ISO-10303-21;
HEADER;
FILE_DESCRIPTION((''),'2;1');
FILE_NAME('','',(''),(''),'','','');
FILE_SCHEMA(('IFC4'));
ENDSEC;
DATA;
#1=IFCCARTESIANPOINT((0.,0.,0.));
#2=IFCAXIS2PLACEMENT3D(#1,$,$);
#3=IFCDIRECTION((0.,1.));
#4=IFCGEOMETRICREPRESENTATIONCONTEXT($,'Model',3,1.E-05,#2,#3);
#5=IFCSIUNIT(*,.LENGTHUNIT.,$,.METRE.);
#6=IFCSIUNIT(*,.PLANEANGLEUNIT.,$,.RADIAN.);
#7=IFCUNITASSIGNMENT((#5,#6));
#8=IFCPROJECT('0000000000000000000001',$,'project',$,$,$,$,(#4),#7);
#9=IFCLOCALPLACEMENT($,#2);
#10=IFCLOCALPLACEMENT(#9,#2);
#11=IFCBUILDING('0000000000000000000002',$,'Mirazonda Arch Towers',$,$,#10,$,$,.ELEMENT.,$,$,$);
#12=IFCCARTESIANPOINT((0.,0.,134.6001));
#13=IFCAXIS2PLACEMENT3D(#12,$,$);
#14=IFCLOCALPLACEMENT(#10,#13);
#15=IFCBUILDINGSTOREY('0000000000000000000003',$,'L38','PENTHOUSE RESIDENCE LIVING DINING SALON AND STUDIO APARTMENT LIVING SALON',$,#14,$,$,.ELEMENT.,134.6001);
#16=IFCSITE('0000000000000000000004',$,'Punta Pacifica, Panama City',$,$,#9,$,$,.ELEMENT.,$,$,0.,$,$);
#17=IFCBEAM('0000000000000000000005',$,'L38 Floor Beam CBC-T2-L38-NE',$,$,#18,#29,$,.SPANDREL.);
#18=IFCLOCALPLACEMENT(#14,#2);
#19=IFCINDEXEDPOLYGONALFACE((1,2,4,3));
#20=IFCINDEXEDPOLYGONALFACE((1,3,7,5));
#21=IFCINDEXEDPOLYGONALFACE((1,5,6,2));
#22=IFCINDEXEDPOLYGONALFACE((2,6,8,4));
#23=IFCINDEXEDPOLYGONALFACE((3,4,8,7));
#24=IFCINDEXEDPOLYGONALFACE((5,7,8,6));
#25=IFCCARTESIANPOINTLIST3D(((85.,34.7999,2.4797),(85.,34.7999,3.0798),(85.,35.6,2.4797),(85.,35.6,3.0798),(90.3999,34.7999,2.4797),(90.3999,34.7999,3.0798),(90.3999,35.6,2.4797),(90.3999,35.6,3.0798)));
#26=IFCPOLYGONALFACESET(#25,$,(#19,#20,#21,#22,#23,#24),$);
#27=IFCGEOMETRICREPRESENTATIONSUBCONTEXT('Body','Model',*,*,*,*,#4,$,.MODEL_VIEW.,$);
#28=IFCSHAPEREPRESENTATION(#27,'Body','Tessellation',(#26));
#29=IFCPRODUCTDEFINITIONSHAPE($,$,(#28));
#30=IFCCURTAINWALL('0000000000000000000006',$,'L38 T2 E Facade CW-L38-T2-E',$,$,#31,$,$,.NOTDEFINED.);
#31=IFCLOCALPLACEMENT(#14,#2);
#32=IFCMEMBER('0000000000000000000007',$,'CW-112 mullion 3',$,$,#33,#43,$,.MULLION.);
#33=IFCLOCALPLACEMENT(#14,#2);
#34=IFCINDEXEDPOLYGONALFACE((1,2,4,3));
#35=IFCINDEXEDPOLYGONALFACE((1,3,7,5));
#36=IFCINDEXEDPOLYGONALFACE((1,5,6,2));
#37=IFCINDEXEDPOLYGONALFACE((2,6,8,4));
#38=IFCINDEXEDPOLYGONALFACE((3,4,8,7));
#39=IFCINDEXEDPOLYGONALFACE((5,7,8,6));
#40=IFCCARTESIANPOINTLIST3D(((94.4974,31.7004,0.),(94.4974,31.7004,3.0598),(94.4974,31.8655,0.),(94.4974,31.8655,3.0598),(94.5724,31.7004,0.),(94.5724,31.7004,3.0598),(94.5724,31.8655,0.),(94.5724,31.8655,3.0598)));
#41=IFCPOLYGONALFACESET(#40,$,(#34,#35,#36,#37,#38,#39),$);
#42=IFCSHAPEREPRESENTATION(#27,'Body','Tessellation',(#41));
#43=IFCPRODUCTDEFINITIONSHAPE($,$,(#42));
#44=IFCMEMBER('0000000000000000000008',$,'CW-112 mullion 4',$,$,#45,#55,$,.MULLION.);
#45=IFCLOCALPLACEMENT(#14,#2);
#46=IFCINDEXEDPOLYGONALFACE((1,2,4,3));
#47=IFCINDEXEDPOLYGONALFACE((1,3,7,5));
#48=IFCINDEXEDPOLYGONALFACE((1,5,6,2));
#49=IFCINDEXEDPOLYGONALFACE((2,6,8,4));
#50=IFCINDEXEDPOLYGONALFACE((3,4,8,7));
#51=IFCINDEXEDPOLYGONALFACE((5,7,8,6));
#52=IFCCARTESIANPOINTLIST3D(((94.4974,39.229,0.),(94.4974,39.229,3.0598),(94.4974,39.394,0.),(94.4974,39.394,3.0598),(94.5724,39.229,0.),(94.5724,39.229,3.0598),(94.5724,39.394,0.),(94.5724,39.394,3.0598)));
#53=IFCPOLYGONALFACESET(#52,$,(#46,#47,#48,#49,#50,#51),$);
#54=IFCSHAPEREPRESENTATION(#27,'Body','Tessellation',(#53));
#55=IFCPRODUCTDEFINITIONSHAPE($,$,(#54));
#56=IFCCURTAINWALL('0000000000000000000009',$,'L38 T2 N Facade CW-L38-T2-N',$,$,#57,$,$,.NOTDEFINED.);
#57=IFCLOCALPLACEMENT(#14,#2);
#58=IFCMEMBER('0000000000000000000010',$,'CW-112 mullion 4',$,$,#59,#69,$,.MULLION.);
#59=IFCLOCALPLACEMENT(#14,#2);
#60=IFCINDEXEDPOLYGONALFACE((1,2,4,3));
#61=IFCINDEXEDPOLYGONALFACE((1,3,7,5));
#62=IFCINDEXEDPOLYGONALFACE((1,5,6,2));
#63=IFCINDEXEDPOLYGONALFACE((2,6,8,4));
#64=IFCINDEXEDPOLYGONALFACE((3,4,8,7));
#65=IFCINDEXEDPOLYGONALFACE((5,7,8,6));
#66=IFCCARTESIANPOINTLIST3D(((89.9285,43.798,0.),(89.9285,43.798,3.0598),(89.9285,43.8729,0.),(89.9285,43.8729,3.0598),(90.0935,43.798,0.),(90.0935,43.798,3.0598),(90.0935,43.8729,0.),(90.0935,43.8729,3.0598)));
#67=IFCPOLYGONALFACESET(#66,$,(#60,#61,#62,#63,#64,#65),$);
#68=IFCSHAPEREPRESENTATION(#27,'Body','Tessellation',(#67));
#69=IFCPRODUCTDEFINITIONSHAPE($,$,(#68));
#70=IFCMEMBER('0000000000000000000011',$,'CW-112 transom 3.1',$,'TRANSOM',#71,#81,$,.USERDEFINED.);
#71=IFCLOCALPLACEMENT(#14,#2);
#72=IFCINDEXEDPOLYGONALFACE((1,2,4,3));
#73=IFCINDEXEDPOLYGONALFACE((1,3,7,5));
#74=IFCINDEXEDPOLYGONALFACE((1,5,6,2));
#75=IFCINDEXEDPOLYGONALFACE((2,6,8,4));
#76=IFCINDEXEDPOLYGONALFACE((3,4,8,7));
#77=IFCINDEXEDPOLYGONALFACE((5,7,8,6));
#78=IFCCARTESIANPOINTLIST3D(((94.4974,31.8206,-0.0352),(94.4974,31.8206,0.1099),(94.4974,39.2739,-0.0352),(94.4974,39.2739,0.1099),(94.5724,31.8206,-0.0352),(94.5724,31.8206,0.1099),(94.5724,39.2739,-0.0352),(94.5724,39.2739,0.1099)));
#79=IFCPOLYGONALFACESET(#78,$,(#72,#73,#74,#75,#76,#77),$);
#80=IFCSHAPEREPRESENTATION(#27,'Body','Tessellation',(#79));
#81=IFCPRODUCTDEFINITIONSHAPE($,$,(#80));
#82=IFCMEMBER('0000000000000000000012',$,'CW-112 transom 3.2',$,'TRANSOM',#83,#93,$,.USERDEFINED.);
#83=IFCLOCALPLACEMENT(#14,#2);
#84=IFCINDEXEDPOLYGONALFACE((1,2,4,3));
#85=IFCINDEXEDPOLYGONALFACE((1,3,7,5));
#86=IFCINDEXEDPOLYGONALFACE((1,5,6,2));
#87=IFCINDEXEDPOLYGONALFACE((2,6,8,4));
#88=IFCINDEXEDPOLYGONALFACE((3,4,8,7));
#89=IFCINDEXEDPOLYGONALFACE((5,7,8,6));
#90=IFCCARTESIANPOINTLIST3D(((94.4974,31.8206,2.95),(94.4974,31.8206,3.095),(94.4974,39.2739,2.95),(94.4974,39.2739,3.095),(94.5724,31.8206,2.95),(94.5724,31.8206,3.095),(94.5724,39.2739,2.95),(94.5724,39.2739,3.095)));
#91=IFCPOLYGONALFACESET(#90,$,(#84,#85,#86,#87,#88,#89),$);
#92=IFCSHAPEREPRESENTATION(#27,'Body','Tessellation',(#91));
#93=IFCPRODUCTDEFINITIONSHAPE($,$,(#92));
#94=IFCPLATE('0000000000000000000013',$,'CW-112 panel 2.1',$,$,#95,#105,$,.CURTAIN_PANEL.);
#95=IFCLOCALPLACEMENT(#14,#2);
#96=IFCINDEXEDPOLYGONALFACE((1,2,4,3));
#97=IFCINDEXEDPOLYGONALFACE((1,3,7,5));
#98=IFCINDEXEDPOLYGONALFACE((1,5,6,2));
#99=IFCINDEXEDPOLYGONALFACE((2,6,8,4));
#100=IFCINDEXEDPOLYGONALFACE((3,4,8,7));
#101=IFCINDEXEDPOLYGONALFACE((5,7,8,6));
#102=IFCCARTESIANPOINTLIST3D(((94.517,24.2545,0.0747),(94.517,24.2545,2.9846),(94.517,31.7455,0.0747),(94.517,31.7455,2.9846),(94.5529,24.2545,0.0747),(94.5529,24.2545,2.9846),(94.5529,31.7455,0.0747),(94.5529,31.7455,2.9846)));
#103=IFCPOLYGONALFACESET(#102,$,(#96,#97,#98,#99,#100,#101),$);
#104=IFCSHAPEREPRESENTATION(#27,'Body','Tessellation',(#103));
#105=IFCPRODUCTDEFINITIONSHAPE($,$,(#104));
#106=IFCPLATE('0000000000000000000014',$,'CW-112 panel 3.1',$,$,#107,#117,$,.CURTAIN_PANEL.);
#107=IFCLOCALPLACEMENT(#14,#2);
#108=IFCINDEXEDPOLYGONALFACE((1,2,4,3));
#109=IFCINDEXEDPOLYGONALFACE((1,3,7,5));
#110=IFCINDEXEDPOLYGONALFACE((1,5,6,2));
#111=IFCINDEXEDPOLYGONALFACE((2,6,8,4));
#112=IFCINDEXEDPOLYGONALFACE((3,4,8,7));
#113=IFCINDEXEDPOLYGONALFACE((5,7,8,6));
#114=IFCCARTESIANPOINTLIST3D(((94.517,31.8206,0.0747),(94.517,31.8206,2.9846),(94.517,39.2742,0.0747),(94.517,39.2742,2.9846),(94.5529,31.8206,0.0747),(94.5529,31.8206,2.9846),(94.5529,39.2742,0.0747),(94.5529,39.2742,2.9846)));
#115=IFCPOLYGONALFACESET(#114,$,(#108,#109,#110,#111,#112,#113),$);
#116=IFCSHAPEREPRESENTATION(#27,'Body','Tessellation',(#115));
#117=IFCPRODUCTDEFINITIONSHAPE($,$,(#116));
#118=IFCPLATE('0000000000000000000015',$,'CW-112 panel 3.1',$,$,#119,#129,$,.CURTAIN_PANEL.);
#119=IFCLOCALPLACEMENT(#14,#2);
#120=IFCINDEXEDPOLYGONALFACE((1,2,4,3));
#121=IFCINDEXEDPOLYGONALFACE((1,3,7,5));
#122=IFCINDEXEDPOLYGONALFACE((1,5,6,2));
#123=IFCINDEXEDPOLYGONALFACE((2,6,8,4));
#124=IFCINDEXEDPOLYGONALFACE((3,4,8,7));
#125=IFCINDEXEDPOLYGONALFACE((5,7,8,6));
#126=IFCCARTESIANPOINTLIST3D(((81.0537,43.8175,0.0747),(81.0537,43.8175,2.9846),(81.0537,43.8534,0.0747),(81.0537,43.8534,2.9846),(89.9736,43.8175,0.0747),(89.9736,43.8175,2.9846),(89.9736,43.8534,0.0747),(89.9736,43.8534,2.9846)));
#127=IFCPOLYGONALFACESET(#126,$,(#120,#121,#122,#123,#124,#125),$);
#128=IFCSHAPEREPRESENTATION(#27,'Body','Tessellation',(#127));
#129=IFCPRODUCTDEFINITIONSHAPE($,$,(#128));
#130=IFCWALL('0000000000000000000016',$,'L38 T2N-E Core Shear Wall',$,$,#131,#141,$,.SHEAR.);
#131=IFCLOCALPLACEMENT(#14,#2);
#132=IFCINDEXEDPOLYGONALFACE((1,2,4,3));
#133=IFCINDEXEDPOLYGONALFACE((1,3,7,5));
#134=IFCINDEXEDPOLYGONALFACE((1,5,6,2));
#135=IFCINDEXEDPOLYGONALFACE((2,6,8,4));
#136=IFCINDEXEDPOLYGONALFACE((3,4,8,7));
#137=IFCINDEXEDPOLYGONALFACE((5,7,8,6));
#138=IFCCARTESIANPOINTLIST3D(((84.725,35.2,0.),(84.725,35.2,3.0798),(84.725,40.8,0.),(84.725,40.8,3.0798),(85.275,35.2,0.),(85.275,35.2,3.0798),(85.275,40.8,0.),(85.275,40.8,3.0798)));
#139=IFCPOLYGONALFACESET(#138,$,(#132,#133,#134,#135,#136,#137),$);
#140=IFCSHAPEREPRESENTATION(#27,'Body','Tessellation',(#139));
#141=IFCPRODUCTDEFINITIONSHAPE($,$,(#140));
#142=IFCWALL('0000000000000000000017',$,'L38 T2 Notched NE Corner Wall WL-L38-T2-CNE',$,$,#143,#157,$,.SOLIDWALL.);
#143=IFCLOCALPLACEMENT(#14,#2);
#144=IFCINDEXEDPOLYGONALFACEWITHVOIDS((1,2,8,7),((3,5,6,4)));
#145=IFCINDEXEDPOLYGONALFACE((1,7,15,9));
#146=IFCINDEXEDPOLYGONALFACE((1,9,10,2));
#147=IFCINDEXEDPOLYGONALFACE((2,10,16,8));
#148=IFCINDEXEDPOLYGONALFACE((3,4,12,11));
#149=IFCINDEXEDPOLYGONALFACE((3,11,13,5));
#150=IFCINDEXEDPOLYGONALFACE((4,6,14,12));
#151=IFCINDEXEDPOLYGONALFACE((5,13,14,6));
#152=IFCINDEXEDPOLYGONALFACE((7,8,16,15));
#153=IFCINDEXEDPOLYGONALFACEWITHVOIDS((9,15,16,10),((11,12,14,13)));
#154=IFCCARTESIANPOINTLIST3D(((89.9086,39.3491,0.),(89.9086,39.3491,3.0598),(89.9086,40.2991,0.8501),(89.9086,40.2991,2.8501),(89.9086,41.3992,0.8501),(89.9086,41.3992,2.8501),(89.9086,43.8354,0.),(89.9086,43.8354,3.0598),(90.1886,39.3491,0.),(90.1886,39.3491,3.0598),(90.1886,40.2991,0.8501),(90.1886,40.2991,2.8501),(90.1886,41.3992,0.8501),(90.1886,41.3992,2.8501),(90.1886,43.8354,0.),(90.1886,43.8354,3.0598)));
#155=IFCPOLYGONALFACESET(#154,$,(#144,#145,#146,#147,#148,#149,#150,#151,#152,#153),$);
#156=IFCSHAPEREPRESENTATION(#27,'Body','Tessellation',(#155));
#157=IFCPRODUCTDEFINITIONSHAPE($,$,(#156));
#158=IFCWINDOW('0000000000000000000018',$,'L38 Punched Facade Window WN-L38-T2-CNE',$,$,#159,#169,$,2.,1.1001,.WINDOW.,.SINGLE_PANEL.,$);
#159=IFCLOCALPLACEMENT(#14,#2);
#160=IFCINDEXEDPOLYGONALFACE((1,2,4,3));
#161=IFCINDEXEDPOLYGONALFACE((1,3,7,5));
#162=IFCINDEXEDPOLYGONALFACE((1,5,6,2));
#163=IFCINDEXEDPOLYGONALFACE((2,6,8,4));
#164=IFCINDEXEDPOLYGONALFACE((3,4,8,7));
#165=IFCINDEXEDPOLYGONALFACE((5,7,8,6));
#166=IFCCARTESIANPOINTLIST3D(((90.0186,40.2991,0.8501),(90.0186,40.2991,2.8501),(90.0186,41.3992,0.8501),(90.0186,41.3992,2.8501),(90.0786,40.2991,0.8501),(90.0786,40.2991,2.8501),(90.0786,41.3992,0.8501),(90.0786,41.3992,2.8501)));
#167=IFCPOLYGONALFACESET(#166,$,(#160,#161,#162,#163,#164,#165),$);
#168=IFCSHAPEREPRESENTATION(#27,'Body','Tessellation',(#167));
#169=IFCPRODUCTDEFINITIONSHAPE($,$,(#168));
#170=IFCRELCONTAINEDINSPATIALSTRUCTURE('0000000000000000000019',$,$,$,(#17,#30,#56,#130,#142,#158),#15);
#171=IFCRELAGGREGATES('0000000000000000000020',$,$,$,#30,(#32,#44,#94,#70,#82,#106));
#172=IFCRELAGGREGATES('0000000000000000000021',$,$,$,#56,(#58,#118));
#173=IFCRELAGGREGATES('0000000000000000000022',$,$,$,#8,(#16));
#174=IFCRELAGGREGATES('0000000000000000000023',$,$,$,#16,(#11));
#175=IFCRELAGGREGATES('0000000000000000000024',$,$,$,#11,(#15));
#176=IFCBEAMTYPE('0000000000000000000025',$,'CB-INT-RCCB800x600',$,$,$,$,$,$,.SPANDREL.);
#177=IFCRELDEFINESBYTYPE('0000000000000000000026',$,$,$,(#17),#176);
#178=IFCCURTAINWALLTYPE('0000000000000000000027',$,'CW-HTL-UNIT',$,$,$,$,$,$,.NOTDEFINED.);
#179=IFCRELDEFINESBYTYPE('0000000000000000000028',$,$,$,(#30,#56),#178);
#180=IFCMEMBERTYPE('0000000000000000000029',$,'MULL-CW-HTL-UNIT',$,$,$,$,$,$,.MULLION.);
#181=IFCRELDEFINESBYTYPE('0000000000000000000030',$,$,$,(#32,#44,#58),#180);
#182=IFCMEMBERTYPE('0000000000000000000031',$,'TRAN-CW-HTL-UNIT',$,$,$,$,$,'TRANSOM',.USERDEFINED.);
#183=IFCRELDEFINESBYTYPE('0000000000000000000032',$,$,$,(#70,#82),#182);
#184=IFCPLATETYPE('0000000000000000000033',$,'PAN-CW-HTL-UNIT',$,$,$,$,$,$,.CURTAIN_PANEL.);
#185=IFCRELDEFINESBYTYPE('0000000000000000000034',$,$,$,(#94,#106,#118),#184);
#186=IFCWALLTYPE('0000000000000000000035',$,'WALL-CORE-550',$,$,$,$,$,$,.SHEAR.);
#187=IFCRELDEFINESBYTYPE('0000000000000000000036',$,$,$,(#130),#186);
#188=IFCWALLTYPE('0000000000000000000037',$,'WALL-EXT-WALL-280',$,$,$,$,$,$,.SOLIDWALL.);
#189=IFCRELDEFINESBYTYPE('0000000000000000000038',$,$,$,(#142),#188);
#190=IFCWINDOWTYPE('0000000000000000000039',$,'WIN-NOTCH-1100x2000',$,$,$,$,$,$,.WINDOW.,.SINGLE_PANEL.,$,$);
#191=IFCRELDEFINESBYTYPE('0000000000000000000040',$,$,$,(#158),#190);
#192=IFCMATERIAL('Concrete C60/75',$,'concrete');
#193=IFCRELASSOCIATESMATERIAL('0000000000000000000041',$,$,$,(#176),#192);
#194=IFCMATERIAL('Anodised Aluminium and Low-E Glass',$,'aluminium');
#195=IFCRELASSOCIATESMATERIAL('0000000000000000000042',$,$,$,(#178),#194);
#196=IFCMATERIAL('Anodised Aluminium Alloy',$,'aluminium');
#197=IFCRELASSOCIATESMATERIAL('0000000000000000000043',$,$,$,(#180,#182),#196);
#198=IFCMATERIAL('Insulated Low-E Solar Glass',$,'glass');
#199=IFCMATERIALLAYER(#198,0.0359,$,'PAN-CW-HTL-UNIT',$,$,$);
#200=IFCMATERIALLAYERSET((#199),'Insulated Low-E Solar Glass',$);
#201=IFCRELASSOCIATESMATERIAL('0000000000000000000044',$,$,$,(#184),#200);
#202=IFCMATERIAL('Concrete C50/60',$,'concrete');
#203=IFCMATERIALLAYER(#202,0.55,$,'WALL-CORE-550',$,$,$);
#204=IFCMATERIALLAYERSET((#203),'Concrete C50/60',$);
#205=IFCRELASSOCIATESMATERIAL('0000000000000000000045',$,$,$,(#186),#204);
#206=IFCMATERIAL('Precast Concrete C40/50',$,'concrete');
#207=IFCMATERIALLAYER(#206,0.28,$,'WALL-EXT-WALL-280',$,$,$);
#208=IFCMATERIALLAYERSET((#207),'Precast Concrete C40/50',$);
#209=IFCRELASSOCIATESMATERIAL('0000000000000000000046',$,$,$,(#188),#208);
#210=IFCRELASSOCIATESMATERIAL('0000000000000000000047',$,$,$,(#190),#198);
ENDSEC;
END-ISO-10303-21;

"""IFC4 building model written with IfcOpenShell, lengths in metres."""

from ifc_helpers import new_model, si_unit, direction, frame, frame_2d, origin, origin_2d, place, context, subcontext, project, spatial, rectangle, extrude, material, layer, layer_set, material_profile, profile_set, type_object, element, fill, aggregate, save


model = new_model("IFC4")

# Units and contexts
model_context = context("Model", 3, precision=1e-05, world=origin(), true_north=direction((0.0, 1.0)))
body_context = subcontext(model_context, "Body", "Model", "MODEL_VIEW")
ifc_project = project(units=[si_unit("LENGTHUNIT", "METRE"), si_unit("PLANEANGLEUNIT", "RADIAN")], contexts=[model_context])

# Site, building, storey
site_placement = place(None, origin())
site = spatial("IfcSite", under=ifc_project, at=site_placement, Name="Punta Pacifica, Panama City", CompositionType="ELEMENT", RefElevation=0.0)
building_placement = place(site_placement, origin())
building = spatial("IfcBuilding", under=site, at=building_placement, Name="Mirazonda Arch Towers", CompositionType="ELEMENT")
storey_placement = place(building_placement, frame((0.0, 0.0, 134.6001)))
storey = spatial("IfcBuildingStorey", under=building, at=storey_placement, Name="L38", Description="PENTHOUSE RESIDENCE LIVING DINING SALON AND STUDIO APARTMENT LIVING SALON", CompositionType="ELEMENT", Elevation=134.6001)

# Shared definitions
ifc_material_1 = material(Name="Concrete C50/60", Category="concrete")

# Beam
ifc_material_2 = material(Name="Concrete C60/75", Category="concrete")
ifc_material_profile_1 = material_profile(ifc_material_2, rectangle(XDim=0.8, YDim=0.6001, at=origin_2d()), Name="RCCB800x600")
ifc_profile_set_1 = profile_set([ifc_material_profile_1], Name="Concrete C60/75")
beam_type_1 = type_object("IfcBeamType", Name="CB-INT-RCCB800x600", PredefinedType="SPANDREL", material=ifc_profile_set_1)
beam_1_placement = place(storey_placement, frame((85.0, 35.2, 2.7798), z_axis=(1.0, 0.0, 0.0), x_axis=(0.0, 1.0, 0.0)))
element("IfcBeam", 1, at=beam_1_placement, inside=storey, type_object=beam_type_1, Name="L38 Floor Beam CBC-T2-L38-NE", PredefinedType="SPANDREL", context=body_context, shape_type="SweptSolid", body=[
    extrude(rectangle(XDim=0.8, YDim=0.6001, at=origin_2d()), origin(), (0.0, 0.0, 1.0), 5.3999),
])

# Curtain wall, members
ifc_material_3 = material(Name="Anodised Aluminium and Low-E Glass", Category="aluminium")
curtain_wall_type = type_object("IfcCurtainWallType", Name="CW-HTL-UNIT", PredefinedType="NOTDEFINED", material=ifc_material_3)
curtain_wall_1_placement = place(storey_placement, origin())
curtain_wall_1 = element("IfcCurtainWall", 2, at=curtain_wall_1_placement, inside=storey, type_object=curtain_wall_type, Name="L38 T2 E Facade CW-L38-T2-E", PredefinedType="NOTDEFINED")
ifc_material_4 = material(Name="Anodised Aluminium Alloy", Category="aluminium")
ifc_material_profile_2 = material_profile(ifc_material_4, rectangle(XDim=0.075, YDim=0.165, at=origin_2d()), Name="ALU-MULL-75x165")
ifc_profile_set_2 = profile_set([ifc_material_profile_2], Name="Anodised Aluminium Alloy")
member_type_1 = type_object("IfcMemberType", Name="MULL-CW-HTL-UNIT", PredefinedType="MULLION", material=ifc_profile_set_2)
member_1_placement = place(storey_placement, frame((94.5349, 31.783, 0.0), z_axis=(0.0, 0.0, 1.0), x_axis=(-1.0, 0.0, 0.0)))
member_1 = element("IfcMember", 3, at=member_1_placement, type_object=member_type_1, Name="CW-112 mullion 3", PredefinedType="MULLION", context=body_context, shape_type="SweptSolid", body=[
    extrude(rectangle(XDim=0.075, YDim=0.165, at=origin_2d()), origin(), (0.0, 0.0, 1.0), 3.0598),
])
member_2_placement = place(storey_placement, frame((94.5349, 39.3115, 0.0), z_axis=(0.0, 0.0, 1.0), x_axis=(-1.0, 0.0, 0.0)))
member_2 = element("IfcMember", 4, at=member_2_placement, type_object=member_type_1, Name="CW-112 mullion 4", PredefinedType="MULLION", context=body_context, shape_type="SweptSolid", body=[
    extrude(rectangle(XDim=0.075, YDim=0.165, at=origin_2d()), origin(), (0.0, 0.0, 1.0), 3.0598),
])

# Curtain wall, member
curtain_wall_2_placement = place(storey_placement, origin())
curtain_wall_2 = element("IfcCurtainWall", 5, at=curtain_wall_2_placement, inside=storey, type_object=curtain_wall_type, Name="L38 T2 N Facade CW-L38-T2-N", PredefinedType="NOTDEFINED")
member_3_placement = place(storey_placement, frame((90.011, 43.8354, 0.0), z_axis=(0.0, 0.0, 1.0), x_axis=(0.0, 1.0, 0.0)))
member_3 = element("IfcMember", 6, at=member_3_placement, type_object=member_type_1, Name="CW-112 mullion 4", PredefinedType="MULLION", context=body_context, shape_type="SweptSolid", body=[
    extrude(rectangle(XDim=0.075, YDim=0.165, at=origin_2d()), origin(), (0.0, 0.0, 1.0), 3.0598),
])

# Members
ifc_material_profile_3 = material_profile(ifc_material_4, rectangle(XDim=0.075, YDim=0.145, at=origin_2d()), Name="ALU-TRAN-75x145")
ifc_profile_set_3 = profile_set([ifc_material_profile_3], Name="Anodised Aluminium Alloy")
member_type_2 = type_object("IfcMemberType", Name="TRAN-CW-HTL-UNIT", ElementType="TRANSOM", PredefinedType="USERDEFINED", material=ifc_profile_set_3)
member_4_placement = place(storey_placement, frame((94.5349, 31.8206, 0.0374), z_axis=(0.0, 1.0, 0.0), x_axis=(-1.0, 0.0, 0.0)))
member_4 = element("IfcMember", 7, at=member_4_placement, type_object=member_type_2, Name="CW-112 transom 3.1", ObjectType="TRANSOM", PredefinedType="USERDEFINED", context=body_context, shape_type="SweptSolid", body=[
    extrude(rectangle(XDim=0.075, YDim=0.145, at=origin_2d()), origin(), (0.0, 0.0, 1.0), 7.4534),
])
member_5_placement = place(storey_placement, frame((94.5349, 31.8206, 3.0225), z_axis=(0.0, 1.0, 0.0), x_axis=(-1.0, 0.0, 0.0)))
member_5 = element("IfcMember", 8, at=member_5_placement, type_object=member_type_2, Name="CW-112 transom 3.2", ObjectType="TRANSOM", PredefinedType="USERDEFINED", context=body_context, shape_type="SweptSolid", body=[
    extrude(rectangle(XDim=0.075, YDim=0.145, at=origin_2d()), origin(), (0.0, 0.0, 1.0), 7.4534),
])

# Plates
ifc_material_5 = material(Name="Insulated Low-E Solar Glass", Category="glass")
ifc_layer_1 = layer(ifc_material_5, 0.0359, Name="PAN-CW-HTL-UNIT")
ifc_layer_set_1 = layer_set([ifc_layer_1], Name="Insulated Low-E Solar Glass")
plate_type = type_object("IfcPlateType", Name="PAN-CW-HTL-UNIT", PredefinedType="CURTAIN_PANEL", material=ifc_layer_set_1)
plate_1_placement = place(storey_placement, frame((94.5349, 28.0, 0.0747), z_axis=(0.0, 0.0, 1.0), x_axis=(0.0, 1.0, 0.0)))
plate_1 = element("IfcPlate", 9, at=plate_1_placement, type_object=plate_type, Name="CW-112 panel 2.1", PredefinedType="CURTAIN_PANEL", context=body_context, shape_type="SweptSolid", body=[
    extrude(rectangle(XDim=7.491, YDim=0.0359, at=origin_2d()), origin(), (0.0, 0.0, 1.0), 2.9099),
])
plate_2_placement = place(storey_placement, frame((94.5349, 35.5474, 0.0747), z_axis=(0.0, 0.0, 1.0), x_axis=(0.0, 1.0, 0.0)))
plate_2 = element("IfcPlate", 10, at=plate_2_placement, type_object=plate_type, Name="CW-112 panel 3.1", PredefinedType="CURTAIN_PANEL", context=body_context, shape_type="SweptSolid", body=[
    extrude(rectangle(XDim=7.4536, YDim=0.0359, at=origin_2d()), origin(), (0.0, 0.0, 1.0), 2.9099),
])
aggregate(curtain_wall_1, [member_1, member_2, plate_1, member_4, member_5, plate_2])
plate_3_placement = place(storey_placement, frame((85.5137, 43.8354, 0.0747), z_axis=(0.0, 0.0, 1.0), x_axis=(1.0, 0.0, 0.0)))
plate_3 = element("IfcPlate", 11, at=plate_3_placement, type_object=plate_type, Name="CW-112 panel 3.1", PredefinedType="CURTAIN_PANEL", context=body_context, shape_type="SweptSolid", body=[
    extrude(rectangle(XDim=8.9199, YDim=0.0359, at=origin_2d()), origin(), (0.0, 0.0, 1.0), 2.9099),
])
aggregate(curtain_wall_2, [member_3, plate_3])

# Wall
ifc_layer_2 = layer(ifc_material_1, 0.55, Name="WALL-CORE-550")
ifc_layer_set_2 = layer_set([ifc_layer_2], Name="Concrete C50/60")
wall_type_1 = type_object("IfcWallType", Name="WALL-CORE-550", PredefinedType="SHEAR", material=ifc_layer_set_2)
wall_1_placement = place(storey_placement, frame((85.0, 35.2, 0.0), z_axis=(0.0, 0.0, 1.0), x_axis=(0.0, 1.0, 0.0)))
element("IfcWall", 12, at=wall_1_placement, inside=storey, type_object=wall_type_1, Name="L38 T2N-E Core Shear Wall", PredefinedType="SHEAR", context=body_context, shape_type="SweptSolid", body=[
    extrude(rectangle(XDim=5.6001, YDim=0.55, at=frame_2d((2.8, 0.0))), origin(), (0.0, 0.0, 1.0), 3.0798),
])

# Wall, opening, window
ifc_material_6 = material(Name="Precast Concrete C40/50", Category="concrete")
ifc_layer_3 = layer(ifc_material_6, 0.28, Name="WALL-EXT-WALL-280")
ifc_layer_set_3 = layer_set([ifc_layer_3], Name="Precast Concrete C40/50")
wall_type_2 = type_object("IfcWallType", Name="WALL-EXT-WALL-280", PredefinedType="SOLIDWALL", material=ifc_layer_set_3)
wall_2_placement = place(storey_placement, frame((90.0486, 39.3491, 0.0), z_axis=(0.0, 0.0, 1.0), x_axis=(0.0, 1.0, 0.0)))
wall_2 = element("IfcWall", 13, at=wall_2_placement, inside=storey, type_object=wall_type_2, Name="L38 T2 Notched NE Corner Wall WL-L38-T2-CNE", PredefinedType="SOLIDWALL", context=body_context, shape_type="SweptSolid", body=[
    extrude(rectangle(XDim=4.4863, YDim=0.28, at=frame_2d((2.2432, 0.0))), origin(), (0.0, 0.0, 1.0), 3.0598),
])
opening_1_placement = place(wall_2_placement, frame((0.95, 0.0, 0.8501)))
opening_1 = element("IfcOpeningElement", 14, at=opening_1_placement, cuts=wall_2, PredefinedType="OPENING", context=body_context, shape_type="SweptSolid", body=[
    extrude(rectangle(XDim=1.1001, YDim=2.0, at=frame_2d((0.55, 1.0))), frame((0.0, 0.1499, 0.0), z_axis=(0.0, -1.0, 0.0), x_axis=(1.0, 0.0, 0.0)), (0.0, 0.0, 1.0), 0.3),
])
window_type = type_object("IfcWindowType", Name="WIN-NOTCH-1100x2000", PartitioningType="SINGLE_PANEL", PredefinedType="WINDOW", material=ifc_material_5)
window_1_placement = place(opening_1_placement, origin())
window_1 = element("IfcWindow", 15, at=window_1_placement, inside=storey, type_object=window_type, Name="L38 Punched Facade Window WN-L38-T2-CNE", OverallHeight=2.0, OverallWidth=1.1001, PartitioningType="SINGLE_PANEL", PredefinedType="WINDOW", context=body_context, shape_type="SweptSolid", body=[
    extrude(rectangle(XDim=1.1001, YDim=2.0, at=frame_2d((0.55, 1.0))), frame((0.0, 0.03, 0.0), z_axis=(0.0, -1.0, 0.0), x_axis=(1.0, 0.0, 0.0)), (0.0, 0.0, 1.0), 0.0601),
])
fill(opening_1, window_1)

save(model, "model.ifc")
